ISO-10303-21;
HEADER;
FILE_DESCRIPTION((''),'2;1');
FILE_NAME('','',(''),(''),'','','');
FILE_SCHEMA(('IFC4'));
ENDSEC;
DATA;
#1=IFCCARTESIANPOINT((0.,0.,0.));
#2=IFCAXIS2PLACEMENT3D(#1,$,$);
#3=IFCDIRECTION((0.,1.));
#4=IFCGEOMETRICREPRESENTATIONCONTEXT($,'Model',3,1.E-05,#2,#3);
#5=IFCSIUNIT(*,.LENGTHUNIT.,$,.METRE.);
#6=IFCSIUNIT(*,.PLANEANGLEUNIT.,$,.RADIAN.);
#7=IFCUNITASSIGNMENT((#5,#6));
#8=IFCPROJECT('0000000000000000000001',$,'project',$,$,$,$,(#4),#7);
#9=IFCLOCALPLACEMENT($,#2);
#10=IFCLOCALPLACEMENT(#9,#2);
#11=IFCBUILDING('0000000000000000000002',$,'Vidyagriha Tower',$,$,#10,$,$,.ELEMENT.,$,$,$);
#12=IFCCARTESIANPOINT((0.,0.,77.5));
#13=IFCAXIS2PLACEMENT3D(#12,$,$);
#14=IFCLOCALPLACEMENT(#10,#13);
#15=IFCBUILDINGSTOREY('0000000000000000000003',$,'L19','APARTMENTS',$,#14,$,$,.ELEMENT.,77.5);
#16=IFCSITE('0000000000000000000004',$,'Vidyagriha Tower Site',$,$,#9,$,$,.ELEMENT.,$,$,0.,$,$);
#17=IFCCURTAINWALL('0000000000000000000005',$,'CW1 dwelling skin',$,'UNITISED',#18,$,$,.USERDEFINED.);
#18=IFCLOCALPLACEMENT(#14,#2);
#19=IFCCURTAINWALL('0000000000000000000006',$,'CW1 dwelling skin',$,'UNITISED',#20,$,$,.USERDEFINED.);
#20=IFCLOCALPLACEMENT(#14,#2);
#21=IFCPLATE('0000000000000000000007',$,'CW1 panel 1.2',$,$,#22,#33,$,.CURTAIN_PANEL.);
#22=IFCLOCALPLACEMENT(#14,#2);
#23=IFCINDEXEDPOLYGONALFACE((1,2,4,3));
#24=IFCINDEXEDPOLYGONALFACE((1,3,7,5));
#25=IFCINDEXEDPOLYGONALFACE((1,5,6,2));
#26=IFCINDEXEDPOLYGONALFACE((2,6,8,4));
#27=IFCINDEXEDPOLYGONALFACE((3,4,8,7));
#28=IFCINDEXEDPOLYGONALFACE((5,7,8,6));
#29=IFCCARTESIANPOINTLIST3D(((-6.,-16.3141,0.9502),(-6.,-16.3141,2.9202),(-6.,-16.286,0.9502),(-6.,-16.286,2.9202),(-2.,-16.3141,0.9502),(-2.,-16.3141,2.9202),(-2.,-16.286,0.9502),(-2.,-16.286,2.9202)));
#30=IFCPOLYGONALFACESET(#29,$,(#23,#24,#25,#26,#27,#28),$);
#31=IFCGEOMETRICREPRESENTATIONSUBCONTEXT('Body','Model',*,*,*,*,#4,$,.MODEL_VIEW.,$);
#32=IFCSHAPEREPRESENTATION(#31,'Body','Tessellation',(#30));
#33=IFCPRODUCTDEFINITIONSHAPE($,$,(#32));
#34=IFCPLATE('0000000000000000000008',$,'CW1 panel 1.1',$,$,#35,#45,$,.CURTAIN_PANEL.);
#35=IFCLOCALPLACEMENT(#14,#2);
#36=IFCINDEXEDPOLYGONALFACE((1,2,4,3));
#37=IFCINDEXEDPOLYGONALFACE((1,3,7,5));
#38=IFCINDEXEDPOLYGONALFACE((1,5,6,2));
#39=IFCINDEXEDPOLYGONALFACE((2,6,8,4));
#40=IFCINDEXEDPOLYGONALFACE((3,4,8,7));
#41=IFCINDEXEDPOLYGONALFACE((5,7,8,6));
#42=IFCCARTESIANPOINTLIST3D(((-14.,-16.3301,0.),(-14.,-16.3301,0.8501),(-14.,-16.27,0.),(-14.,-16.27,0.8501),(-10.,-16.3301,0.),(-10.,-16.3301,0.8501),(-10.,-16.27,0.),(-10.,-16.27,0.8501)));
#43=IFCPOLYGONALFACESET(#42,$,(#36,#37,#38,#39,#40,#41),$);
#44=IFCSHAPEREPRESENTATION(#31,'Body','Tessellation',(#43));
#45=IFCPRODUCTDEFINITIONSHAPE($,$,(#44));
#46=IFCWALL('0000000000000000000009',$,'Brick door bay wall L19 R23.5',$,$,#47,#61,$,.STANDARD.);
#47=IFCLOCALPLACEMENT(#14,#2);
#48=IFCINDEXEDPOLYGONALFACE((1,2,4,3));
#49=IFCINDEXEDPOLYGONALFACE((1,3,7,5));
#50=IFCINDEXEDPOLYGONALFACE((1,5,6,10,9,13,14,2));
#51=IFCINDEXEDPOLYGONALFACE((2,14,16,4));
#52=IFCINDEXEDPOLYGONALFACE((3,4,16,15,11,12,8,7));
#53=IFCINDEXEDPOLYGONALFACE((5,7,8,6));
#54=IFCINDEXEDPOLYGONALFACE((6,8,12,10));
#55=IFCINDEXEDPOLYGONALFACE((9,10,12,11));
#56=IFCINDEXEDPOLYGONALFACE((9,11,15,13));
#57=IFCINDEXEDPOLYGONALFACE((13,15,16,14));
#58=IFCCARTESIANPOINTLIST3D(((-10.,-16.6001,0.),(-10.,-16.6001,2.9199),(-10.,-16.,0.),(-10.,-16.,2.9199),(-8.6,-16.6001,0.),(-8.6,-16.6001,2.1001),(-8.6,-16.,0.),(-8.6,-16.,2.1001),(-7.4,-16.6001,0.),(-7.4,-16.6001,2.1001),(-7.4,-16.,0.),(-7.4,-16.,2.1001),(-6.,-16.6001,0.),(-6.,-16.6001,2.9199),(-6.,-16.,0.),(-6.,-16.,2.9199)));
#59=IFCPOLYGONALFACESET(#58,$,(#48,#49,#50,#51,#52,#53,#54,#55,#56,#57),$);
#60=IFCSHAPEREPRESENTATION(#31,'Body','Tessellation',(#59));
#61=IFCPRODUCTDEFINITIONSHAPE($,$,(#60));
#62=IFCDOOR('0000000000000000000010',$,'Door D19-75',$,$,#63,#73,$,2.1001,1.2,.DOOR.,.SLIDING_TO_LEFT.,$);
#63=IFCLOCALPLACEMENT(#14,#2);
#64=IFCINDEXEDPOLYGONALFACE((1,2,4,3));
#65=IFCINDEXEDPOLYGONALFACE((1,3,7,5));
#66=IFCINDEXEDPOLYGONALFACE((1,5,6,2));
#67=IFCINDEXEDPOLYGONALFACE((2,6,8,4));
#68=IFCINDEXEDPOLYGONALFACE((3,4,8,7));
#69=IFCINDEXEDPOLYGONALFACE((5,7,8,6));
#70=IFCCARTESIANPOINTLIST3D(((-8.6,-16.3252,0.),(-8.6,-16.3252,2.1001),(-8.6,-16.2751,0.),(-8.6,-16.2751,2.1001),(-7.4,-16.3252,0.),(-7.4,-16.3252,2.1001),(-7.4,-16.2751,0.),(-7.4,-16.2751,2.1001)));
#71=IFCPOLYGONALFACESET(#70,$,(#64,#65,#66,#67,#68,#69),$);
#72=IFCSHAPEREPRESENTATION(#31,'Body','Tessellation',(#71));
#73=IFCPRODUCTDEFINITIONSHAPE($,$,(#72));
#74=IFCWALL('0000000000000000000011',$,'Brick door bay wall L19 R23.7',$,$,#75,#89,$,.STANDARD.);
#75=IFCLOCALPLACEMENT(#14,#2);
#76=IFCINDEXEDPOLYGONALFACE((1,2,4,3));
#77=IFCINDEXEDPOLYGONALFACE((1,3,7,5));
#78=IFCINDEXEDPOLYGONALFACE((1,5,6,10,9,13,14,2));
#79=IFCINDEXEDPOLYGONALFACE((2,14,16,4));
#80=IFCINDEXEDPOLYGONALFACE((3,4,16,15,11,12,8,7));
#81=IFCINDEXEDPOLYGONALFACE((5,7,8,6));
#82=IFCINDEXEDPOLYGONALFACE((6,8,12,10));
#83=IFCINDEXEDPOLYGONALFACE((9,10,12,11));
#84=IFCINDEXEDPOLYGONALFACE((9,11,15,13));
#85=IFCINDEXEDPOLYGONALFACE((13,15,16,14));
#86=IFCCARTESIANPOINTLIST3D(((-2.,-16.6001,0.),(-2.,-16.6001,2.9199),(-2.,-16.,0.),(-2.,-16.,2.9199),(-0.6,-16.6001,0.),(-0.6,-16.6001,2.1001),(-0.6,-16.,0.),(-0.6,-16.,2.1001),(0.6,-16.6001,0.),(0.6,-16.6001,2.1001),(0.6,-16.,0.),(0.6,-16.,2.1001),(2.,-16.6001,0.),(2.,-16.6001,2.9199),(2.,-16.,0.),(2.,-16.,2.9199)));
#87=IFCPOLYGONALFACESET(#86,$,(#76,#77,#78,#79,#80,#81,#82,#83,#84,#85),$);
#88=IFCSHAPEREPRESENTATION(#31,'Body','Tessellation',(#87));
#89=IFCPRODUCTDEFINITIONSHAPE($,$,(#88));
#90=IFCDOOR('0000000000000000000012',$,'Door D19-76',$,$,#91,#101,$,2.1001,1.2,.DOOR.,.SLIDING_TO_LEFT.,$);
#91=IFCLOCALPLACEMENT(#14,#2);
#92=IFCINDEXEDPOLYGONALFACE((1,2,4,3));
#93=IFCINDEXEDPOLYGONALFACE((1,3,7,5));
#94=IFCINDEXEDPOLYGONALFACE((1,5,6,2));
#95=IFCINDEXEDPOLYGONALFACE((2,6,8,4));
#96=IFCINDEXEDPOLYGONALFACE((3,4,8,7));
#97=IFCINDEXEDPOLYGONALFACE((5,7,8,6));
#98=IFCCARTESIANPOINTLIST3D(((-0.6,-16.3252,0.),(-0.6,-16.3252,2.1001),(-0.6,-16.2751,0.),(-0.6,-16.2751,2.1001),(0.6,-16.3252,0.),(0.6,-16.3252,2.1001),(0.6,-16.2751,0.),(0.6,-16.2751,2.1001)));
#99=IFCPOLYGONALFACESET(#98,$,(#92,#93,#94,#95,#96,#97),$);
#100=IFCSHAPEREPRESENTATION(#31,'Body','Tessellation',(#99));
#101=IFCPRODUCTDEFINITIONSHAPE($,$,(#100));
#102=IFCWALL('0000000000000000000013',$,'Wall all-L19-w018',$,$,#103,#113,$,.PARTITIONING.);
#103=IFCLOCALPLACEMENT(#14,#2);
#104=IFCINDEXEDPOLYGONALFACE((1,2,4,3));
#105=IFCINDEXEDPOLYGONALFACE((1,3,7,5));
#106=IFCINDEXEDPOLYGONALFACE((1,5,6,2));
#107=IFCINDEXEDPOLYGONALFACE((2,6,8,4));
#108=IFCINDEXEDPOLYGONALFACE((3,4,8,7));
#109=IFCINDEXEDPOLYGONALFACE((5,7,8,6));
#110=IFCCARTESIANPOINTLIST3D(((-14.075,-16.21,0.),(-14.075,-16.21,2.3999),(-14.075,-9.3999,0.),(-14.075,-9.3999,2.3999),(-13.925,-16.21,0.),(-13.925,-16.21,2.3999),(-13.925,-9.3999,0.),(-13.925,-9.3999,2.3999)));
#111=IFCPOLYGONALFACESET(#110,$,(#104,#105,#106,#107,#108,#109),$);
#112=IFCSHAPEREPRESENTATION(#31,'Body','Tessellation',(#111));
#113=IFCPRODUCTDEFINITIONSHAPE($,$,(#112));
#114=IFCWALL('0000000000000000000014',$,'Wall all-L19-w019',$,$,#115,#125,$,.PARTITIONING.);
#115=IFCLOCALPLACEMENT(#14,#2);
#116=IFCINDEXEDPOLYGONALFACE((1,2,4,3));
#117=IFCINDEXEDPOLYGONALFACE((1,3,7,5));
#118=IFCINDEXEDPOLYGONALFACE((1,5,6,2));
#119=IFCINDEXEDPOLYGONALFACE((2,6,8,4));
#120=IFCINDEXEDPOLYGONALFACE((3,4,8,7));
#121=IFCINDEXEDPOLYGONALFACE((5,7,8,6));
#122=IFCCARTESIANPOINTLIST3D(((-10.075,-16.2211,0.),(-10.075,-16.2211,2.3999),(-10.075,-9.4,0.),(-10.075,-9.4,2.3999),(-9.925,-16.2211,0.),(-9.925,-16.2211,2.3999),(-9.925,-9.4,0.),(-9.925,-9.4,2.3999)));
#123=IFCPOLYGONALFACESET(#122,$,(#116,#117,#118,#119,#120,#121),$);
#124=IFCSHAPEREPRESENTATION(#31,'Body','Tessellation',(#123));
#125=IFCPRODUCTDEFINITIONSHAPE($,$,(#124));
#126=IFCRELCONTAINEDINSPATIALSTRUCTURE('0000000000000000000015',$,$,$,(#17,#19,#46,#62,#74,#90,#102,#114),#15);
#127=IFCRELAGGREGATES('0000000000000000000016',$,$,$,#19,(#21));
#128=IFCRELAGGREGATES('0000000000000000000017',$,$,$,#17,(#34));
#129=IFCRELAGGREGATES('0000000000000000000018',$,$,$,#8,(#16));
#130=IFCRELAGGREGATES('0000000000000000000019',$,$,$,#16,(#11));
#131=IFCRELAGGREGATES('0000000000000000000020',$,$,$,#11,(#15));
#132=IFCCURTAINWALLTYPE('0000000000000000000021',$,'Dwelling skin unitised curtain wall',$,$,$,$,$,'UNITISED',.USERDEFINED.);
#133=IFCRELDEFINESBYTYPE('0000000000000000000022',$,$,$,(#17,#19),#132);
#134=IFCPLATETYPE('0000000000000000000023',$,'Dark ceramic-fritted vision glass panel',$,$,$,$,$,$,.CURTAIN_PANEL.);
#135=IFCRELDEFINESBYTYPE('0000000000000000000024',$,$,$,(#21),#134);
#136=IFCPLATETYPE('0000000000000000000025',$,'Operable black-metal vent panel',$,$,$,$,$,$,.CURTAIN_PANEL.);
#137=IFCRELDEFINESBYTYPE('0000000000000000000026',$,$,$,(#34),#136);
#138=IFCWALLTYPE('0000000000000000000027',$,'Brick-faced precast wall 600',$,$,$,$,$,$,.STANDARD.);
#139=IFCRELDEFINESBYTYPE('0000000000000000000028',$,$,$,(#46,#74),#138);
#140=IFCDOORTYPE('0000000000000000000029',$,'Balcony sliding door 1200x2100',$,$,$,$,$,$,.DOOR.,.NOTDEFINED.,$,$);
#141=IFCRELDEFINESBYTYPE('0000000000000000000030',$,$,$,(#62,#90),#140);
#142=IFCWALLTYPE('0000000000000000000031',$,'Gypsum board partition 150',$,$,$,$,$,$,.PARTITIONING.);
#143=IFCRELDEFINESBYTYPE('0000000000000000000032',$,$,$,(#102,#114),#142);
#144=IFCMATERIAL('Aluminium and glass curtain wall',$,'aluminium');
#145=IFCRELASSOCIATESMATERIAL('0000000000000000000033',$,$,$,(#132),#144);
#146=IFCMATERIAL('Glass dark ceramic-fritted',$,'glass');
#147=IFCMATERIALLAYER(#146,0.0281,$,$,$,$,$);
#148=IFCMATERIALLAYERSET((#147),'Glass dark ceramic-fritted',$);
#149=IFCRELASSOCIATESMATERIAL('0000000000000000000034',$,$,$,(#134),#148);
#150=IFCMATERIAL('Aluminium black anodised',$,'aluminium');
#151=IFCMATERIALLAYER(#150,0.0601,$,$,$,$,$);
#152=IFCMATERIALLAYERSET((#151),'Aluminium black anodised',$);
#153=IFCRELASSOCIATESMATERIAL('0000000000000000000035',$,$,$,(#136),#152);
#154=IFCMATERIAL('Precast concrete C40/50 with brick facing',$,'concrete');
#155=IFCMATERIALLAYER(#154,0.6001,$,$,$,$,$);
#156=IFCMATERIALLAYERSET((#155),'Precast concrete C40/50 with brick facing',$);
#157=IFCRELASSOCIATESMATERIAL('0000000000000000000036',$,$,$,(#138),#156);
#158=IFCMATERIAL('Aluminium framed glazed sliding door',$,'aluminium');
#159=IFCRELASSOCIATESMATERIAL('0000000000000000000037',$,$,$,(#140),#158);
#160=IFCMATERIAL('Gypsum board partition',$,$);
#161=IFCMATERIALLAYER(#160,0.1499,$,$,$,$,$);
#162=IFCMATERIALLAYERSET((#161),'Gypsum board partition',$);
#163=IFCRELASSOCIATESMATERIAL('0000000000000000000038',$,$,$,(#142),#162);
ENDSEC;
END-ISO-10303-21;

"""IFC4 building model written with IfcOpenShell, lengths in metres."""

from ifc_helpers import new_model, si_unit, direction, frame, frame_2d, origin, origin_2d, place, context, subcontext, project, spatial, rectangle, extrude, material, layer, layer_set, type_object, element, fill, aggregate, save


model = new_model("IFC4")

# Units and contexts
model_context = context("Model", 3, precision=1e-05, world=origin(), true_north=direction((0.0, 1.0)))
body_context = subcontext(model_context, "Body", "Model", "MODEL_VIEW")
ifc_project = project(units=[si_unit("LENGTHUNIT", "METRE"), si_unit("PLANEANGLEUNIT", "RADIAN")], contexts=[model_context])

# Site, building, storey
site_placement = place(None, origin())
site = spatial("IfcSite", under=ifc_project, at=site_placement, Name="Vidyagriha Tower Site", CompositionType="ELEMENT", RefElevation=0.0)
building_placement = place(site_placement, origin())
building = spatial("IfcBuilding", under=site, at=building_placement, Name="Vidyagriha Tower", CompositionType="ELEMENT")
storey_placement = place(building_placement, frame((0.0, 0.0, 77.5)))
storey = spatial("IfcBuildingStorey", under=building, at=storey_placement, Name="L19", Description="APARTMENTS", CompositionType="ELEMENT", Elevation=77.5)

# Curtain walls
ifc_material_1 = material(Name="Aluminium and glass curtain wall", Category="aluminium")
curtain_wall_type = type_object("IfcCurtainWallType", Name="Dwelling skin unitised curtain wall", ElementType="UNITISED", PredefinedType="USERDEFINED", material=ifc_material_1)
curtain_wall_1_placement = place(storey_placement, origin())
curtain_wall_1 = element("IfcCurtainWall", 1, at=curtain_wall_1_placement, inside=storey, type_object=curtain_wall_type, Name="CW1 dwelling skin", ObjectType="UNITISED", PredefinedType="USERDEFINED")
curtain_wall_2_placement = place(storey_placement, origin())
curtain_wall_2 = element("IfcCurtainWall", 2, at=curtain_wall_2_placement, inside=storey, type_object=curtain_wall_type, Name="CW1 dwelling skin", ObjectType="UNITISED", PredefinedType="USERDEFINED")

# Plates
ifc_material_2 = material(Name="Glass dark ceramic-fritted", Category="glass")
ifc_layer_1 = layer(ifc_material_2, 0.0281)
ifc_layer_set_1 = layer_set([ifc_layer_1], Name="Glass dark ceramic-fritted")
plate_type_1 = type_object("IfcPlateType", Name="Dark ceramic-fritted vision glass panel", PredefinedType="CURTAIN_PANEL", material=ifc_layer_set_1)
plate_1_placement = place(storey_placement, frame((-4.0, -16.3, 0.9502)))
plate_1 = element("IfcPlate", 3, at=plate_1_placement, type_object=plate_type_1, Name="CW1 panel 1.2", PredefinedType="CURTAIN_PANEL", context=body_context, shape_type="SweptSolid", body=[
    extrude(rectangle(XDim=4.0, YDim=0.0281, at=origin_2d()), origin(), (0.0, 0.0, 1.0), 1.97),
])
aggregate(curtain_wall_2, [plate_1])
ifc_material_3 = material(Name="Aluminium black anodised", Category="aluminium")
ifc_layer_2 = layer(ifc_material_3, 0.0601)
ifc_layer_set_2 = layer_set([ifc_layer_2], Name="Aluminium black anodised")
plate_type_2 = type_object("IfcPlateType", Name="Operable black-metal vent panel", PredefinedType="CURTAIN_PANEL", material=ifc_layer_set_2)
plate_2_placement = place(storey_placement, frame((-12.0, -16.3, 0.0)))
plate_2 = element("IfcPlate", 4, at=plate_2_placement, type_object=plate_type_2, Name="CW1 panel 1.1", PredefinedType="CURTAIN_PANEL", context=body_context, shape_type="SweptSolid", body=[
    extrude(rectangle(XDim=4.0, YDim=0.0601, at=origin_2d()), origin(), (0.0, 0.0, 1.0), 0.8501),
])
aggregate(curtain_wall_1, [plate_2])

# Walls, openings, doors
ifc_material_4 = material(Name="Precast concrete C40/50 with brick facing", Category="concrete")
ifc_layer_3 = layer(ifc_material_4, 0.6001)
ifc_layer_set_3 = layer_set([ifc_layer_3], Name="Precast concrete C40/50 with brick facing")
wall_type_1 = type_object("IfcWallType", Name="Brick-faced precast wall 600", PredefinedType="STANDARD", material=ifc_layer_set_3)
wall_1_placement = place(storey_placement, frame((-10.0, -16.3, 0.0)))
wall_1 = element("IfcWall", 5, at=wall_1_placement, inside=storey, type_object=wall_type_1, Name="Brick door bay wall L19 R23.5", PredefinedType="STANDARD", context=body_context, shape_type="SweptSolid", body=[
    extrude(rectangle(XDim=4.0, YDim=0.6001, at=frame_2d((2.0, 0.0))), origin(), (0.0, 0.0, 1.0), 2.9199),
])
opening_1_placement = place(wall_1_placement, frame((1.3999, 0.0, 0.0)))
opening_1 = element("IfcOpeningElement", 6, at=opening_1_placement, cuts=wall_1, PredefinedType="OPENING", context=body_context, shape_type="SweptSolid", body=[
    extrude(rectangle(XDim=1.2, YDim=2.1001, at=frame_2d((0.6001, 1.05))), frame((0.0, 0.3101, 0.0), z_axis=(0.0, -1.0, 0.0), x_axis=(1.0, 0.0, 0.0)), (0.0, 0.0, 1.0), 0.6201),
])
ifc_material_5 = material(Name="Aluminium framed glazed sliding door", Category="aluminium")
door_type = type_object("IfcDoorType", Name="Balcony sliding door 1200x2100", OperationType="NOTDEFINED", PredefinedType="DOOR", material=ifc_material_5)
door_1_placement = place(opening_1_placement, origin())
door_1 = element("IfcDoor", 7, at=door_1_placement, inside=storey, type_object=door_type, Name="Door D19-75", OperationType="SLIDING_TO_LEFT", OverallHeight=2.1001, OverallWidth=1.2, PredefinedType="DOOR", context=body_context, shape_type="SweptSolid", body=[
    extrude(rectangle(XDim=1.2, YDim=2.1001, at=frame_2d((0.6001, 1.05))), frame((0.0, 0.0249, 0.0), z_axis=(0.0, -1.0, 0.0), x_axis=(1.0, 0.0, 0.0)), (0.0, 0.0, 1.0), 0.05),
])
fill(opening_1, door_1)
wall_2_placement = place(storey_placement, frame((-2.0, -16.3, 0.0)))
wall_2 = element("IfcWall", 8, at=wall_2_placement, inside=storey, type_object=wall_type_1, Name="Brick door bay wall L19 R23.7", PredefinedType="STANDARD", context=body_context, shape_type="SweptSolid", body=[
    extrude(rectangle(XDim=4.0, YDim=0.6001, at=frame_2d((2.0, 0.0))), origin(), (0.0, 0.0, 1.0), 2.9199),
])
opening_2_placement = place(wall_2_placement, frame((1.3999, 0.0, 0.0)))
opening_2 = element("IfcOpeningElement", 9, at=opening_2_placement, cuts=wall_2, PredefinedType="OPENING", context=body_context, shape_type="SweptSolid", body=[
    extrude(rectangle(XDim=1.2, YDim=2.1001, at=frame_2d((0.6001, 1.05))), frame((0.0, 0.3101, 0.0), z_axis=(0.0, -1.0, 0.0), x_axis=(1.0, 0.0, 0.0)), (0.0, 0.0, 1.0), 0.6201),
])
door_2_placement = place(opening_2_placement, origin())
door_2 = element("IfcDoor", 10, at=door_2_placement, inside=storey, type_object=door_type, Name="Door D19-76", OperationType="SLIDING_TO_LEFT", OverallHeight=2.1001, OverallWidth=1.2, PredefinedType="DOOR", context=body_context, shape_type="SweptSolid", body=[
    extrude(rectangle(XDim=1.2, YDim=2.1001, at=frame_2d((0.6001, 1.05))), frame((0.0, 0.0249, 0.0), z_axis=(0.0, -1.0, 0.0), x_axis=(1.0, 0.0, 0.0)), (0.0, 0.0, 1.0), 0.05),
])
fill(opening_2, door_2)

# Walls
ifc_material_6 = material(Name="Gypsum board partition")
ifc_layer_4 = layer(ifc_material_6, 0.1499)
ifc_layer_set_4 = layer_set([ifc_layer_4], Name="Gypsum board partition")
wall_type_2 = type_object("IfcWallType", Name="Gypsum board partition 150", PredefinedType="PARTITIONING", material=ifc_layer_set_4)
wall_3_placement = place(storey_placement, frame((-14.0, -9.3999, 0.0), z_axis=(0.0, 0.0, 1.0), x_axis=(0.0, -1.0, 0.0)))
element("IfcWall", 11, at=wall_3_placement, inside=storey, type_object=wall_type_2, Name="Wall all-L19-w018", PredefinedType="PARTITIONING", context=body_context, shape_type="SweptSolid", body=[
    extrude(rectangle(XDim=6.8101, YDim=0.1499, at=frame_2d((3.405, 0.0))), origin(), (0.0, 0.0, 1.0), 2.3999),
])
wall_4_placement = place(storey_placement, frame((-10.0, -9.3999, 0.0), z_axis=(0.0, 0.0, 1.0), x_axis=(0.0, -1.0, 0.0)))
element("IfcWall", 12, at=wall_4_placement, inside=storey, type_object=wall_type_2, Name="Wall all-L19-w019", PredefinedType="PARTITIONING", context=body_context, shape_type="SweptSolid", body=[
    extrude(rectangle(XDim=6.821, YDim=0.1499, at=frame_2d((3.4106, 0.0))), origin(), (0.0, 0.0, 1.0), 2.3999),
])

save(model, "model.ifc")
